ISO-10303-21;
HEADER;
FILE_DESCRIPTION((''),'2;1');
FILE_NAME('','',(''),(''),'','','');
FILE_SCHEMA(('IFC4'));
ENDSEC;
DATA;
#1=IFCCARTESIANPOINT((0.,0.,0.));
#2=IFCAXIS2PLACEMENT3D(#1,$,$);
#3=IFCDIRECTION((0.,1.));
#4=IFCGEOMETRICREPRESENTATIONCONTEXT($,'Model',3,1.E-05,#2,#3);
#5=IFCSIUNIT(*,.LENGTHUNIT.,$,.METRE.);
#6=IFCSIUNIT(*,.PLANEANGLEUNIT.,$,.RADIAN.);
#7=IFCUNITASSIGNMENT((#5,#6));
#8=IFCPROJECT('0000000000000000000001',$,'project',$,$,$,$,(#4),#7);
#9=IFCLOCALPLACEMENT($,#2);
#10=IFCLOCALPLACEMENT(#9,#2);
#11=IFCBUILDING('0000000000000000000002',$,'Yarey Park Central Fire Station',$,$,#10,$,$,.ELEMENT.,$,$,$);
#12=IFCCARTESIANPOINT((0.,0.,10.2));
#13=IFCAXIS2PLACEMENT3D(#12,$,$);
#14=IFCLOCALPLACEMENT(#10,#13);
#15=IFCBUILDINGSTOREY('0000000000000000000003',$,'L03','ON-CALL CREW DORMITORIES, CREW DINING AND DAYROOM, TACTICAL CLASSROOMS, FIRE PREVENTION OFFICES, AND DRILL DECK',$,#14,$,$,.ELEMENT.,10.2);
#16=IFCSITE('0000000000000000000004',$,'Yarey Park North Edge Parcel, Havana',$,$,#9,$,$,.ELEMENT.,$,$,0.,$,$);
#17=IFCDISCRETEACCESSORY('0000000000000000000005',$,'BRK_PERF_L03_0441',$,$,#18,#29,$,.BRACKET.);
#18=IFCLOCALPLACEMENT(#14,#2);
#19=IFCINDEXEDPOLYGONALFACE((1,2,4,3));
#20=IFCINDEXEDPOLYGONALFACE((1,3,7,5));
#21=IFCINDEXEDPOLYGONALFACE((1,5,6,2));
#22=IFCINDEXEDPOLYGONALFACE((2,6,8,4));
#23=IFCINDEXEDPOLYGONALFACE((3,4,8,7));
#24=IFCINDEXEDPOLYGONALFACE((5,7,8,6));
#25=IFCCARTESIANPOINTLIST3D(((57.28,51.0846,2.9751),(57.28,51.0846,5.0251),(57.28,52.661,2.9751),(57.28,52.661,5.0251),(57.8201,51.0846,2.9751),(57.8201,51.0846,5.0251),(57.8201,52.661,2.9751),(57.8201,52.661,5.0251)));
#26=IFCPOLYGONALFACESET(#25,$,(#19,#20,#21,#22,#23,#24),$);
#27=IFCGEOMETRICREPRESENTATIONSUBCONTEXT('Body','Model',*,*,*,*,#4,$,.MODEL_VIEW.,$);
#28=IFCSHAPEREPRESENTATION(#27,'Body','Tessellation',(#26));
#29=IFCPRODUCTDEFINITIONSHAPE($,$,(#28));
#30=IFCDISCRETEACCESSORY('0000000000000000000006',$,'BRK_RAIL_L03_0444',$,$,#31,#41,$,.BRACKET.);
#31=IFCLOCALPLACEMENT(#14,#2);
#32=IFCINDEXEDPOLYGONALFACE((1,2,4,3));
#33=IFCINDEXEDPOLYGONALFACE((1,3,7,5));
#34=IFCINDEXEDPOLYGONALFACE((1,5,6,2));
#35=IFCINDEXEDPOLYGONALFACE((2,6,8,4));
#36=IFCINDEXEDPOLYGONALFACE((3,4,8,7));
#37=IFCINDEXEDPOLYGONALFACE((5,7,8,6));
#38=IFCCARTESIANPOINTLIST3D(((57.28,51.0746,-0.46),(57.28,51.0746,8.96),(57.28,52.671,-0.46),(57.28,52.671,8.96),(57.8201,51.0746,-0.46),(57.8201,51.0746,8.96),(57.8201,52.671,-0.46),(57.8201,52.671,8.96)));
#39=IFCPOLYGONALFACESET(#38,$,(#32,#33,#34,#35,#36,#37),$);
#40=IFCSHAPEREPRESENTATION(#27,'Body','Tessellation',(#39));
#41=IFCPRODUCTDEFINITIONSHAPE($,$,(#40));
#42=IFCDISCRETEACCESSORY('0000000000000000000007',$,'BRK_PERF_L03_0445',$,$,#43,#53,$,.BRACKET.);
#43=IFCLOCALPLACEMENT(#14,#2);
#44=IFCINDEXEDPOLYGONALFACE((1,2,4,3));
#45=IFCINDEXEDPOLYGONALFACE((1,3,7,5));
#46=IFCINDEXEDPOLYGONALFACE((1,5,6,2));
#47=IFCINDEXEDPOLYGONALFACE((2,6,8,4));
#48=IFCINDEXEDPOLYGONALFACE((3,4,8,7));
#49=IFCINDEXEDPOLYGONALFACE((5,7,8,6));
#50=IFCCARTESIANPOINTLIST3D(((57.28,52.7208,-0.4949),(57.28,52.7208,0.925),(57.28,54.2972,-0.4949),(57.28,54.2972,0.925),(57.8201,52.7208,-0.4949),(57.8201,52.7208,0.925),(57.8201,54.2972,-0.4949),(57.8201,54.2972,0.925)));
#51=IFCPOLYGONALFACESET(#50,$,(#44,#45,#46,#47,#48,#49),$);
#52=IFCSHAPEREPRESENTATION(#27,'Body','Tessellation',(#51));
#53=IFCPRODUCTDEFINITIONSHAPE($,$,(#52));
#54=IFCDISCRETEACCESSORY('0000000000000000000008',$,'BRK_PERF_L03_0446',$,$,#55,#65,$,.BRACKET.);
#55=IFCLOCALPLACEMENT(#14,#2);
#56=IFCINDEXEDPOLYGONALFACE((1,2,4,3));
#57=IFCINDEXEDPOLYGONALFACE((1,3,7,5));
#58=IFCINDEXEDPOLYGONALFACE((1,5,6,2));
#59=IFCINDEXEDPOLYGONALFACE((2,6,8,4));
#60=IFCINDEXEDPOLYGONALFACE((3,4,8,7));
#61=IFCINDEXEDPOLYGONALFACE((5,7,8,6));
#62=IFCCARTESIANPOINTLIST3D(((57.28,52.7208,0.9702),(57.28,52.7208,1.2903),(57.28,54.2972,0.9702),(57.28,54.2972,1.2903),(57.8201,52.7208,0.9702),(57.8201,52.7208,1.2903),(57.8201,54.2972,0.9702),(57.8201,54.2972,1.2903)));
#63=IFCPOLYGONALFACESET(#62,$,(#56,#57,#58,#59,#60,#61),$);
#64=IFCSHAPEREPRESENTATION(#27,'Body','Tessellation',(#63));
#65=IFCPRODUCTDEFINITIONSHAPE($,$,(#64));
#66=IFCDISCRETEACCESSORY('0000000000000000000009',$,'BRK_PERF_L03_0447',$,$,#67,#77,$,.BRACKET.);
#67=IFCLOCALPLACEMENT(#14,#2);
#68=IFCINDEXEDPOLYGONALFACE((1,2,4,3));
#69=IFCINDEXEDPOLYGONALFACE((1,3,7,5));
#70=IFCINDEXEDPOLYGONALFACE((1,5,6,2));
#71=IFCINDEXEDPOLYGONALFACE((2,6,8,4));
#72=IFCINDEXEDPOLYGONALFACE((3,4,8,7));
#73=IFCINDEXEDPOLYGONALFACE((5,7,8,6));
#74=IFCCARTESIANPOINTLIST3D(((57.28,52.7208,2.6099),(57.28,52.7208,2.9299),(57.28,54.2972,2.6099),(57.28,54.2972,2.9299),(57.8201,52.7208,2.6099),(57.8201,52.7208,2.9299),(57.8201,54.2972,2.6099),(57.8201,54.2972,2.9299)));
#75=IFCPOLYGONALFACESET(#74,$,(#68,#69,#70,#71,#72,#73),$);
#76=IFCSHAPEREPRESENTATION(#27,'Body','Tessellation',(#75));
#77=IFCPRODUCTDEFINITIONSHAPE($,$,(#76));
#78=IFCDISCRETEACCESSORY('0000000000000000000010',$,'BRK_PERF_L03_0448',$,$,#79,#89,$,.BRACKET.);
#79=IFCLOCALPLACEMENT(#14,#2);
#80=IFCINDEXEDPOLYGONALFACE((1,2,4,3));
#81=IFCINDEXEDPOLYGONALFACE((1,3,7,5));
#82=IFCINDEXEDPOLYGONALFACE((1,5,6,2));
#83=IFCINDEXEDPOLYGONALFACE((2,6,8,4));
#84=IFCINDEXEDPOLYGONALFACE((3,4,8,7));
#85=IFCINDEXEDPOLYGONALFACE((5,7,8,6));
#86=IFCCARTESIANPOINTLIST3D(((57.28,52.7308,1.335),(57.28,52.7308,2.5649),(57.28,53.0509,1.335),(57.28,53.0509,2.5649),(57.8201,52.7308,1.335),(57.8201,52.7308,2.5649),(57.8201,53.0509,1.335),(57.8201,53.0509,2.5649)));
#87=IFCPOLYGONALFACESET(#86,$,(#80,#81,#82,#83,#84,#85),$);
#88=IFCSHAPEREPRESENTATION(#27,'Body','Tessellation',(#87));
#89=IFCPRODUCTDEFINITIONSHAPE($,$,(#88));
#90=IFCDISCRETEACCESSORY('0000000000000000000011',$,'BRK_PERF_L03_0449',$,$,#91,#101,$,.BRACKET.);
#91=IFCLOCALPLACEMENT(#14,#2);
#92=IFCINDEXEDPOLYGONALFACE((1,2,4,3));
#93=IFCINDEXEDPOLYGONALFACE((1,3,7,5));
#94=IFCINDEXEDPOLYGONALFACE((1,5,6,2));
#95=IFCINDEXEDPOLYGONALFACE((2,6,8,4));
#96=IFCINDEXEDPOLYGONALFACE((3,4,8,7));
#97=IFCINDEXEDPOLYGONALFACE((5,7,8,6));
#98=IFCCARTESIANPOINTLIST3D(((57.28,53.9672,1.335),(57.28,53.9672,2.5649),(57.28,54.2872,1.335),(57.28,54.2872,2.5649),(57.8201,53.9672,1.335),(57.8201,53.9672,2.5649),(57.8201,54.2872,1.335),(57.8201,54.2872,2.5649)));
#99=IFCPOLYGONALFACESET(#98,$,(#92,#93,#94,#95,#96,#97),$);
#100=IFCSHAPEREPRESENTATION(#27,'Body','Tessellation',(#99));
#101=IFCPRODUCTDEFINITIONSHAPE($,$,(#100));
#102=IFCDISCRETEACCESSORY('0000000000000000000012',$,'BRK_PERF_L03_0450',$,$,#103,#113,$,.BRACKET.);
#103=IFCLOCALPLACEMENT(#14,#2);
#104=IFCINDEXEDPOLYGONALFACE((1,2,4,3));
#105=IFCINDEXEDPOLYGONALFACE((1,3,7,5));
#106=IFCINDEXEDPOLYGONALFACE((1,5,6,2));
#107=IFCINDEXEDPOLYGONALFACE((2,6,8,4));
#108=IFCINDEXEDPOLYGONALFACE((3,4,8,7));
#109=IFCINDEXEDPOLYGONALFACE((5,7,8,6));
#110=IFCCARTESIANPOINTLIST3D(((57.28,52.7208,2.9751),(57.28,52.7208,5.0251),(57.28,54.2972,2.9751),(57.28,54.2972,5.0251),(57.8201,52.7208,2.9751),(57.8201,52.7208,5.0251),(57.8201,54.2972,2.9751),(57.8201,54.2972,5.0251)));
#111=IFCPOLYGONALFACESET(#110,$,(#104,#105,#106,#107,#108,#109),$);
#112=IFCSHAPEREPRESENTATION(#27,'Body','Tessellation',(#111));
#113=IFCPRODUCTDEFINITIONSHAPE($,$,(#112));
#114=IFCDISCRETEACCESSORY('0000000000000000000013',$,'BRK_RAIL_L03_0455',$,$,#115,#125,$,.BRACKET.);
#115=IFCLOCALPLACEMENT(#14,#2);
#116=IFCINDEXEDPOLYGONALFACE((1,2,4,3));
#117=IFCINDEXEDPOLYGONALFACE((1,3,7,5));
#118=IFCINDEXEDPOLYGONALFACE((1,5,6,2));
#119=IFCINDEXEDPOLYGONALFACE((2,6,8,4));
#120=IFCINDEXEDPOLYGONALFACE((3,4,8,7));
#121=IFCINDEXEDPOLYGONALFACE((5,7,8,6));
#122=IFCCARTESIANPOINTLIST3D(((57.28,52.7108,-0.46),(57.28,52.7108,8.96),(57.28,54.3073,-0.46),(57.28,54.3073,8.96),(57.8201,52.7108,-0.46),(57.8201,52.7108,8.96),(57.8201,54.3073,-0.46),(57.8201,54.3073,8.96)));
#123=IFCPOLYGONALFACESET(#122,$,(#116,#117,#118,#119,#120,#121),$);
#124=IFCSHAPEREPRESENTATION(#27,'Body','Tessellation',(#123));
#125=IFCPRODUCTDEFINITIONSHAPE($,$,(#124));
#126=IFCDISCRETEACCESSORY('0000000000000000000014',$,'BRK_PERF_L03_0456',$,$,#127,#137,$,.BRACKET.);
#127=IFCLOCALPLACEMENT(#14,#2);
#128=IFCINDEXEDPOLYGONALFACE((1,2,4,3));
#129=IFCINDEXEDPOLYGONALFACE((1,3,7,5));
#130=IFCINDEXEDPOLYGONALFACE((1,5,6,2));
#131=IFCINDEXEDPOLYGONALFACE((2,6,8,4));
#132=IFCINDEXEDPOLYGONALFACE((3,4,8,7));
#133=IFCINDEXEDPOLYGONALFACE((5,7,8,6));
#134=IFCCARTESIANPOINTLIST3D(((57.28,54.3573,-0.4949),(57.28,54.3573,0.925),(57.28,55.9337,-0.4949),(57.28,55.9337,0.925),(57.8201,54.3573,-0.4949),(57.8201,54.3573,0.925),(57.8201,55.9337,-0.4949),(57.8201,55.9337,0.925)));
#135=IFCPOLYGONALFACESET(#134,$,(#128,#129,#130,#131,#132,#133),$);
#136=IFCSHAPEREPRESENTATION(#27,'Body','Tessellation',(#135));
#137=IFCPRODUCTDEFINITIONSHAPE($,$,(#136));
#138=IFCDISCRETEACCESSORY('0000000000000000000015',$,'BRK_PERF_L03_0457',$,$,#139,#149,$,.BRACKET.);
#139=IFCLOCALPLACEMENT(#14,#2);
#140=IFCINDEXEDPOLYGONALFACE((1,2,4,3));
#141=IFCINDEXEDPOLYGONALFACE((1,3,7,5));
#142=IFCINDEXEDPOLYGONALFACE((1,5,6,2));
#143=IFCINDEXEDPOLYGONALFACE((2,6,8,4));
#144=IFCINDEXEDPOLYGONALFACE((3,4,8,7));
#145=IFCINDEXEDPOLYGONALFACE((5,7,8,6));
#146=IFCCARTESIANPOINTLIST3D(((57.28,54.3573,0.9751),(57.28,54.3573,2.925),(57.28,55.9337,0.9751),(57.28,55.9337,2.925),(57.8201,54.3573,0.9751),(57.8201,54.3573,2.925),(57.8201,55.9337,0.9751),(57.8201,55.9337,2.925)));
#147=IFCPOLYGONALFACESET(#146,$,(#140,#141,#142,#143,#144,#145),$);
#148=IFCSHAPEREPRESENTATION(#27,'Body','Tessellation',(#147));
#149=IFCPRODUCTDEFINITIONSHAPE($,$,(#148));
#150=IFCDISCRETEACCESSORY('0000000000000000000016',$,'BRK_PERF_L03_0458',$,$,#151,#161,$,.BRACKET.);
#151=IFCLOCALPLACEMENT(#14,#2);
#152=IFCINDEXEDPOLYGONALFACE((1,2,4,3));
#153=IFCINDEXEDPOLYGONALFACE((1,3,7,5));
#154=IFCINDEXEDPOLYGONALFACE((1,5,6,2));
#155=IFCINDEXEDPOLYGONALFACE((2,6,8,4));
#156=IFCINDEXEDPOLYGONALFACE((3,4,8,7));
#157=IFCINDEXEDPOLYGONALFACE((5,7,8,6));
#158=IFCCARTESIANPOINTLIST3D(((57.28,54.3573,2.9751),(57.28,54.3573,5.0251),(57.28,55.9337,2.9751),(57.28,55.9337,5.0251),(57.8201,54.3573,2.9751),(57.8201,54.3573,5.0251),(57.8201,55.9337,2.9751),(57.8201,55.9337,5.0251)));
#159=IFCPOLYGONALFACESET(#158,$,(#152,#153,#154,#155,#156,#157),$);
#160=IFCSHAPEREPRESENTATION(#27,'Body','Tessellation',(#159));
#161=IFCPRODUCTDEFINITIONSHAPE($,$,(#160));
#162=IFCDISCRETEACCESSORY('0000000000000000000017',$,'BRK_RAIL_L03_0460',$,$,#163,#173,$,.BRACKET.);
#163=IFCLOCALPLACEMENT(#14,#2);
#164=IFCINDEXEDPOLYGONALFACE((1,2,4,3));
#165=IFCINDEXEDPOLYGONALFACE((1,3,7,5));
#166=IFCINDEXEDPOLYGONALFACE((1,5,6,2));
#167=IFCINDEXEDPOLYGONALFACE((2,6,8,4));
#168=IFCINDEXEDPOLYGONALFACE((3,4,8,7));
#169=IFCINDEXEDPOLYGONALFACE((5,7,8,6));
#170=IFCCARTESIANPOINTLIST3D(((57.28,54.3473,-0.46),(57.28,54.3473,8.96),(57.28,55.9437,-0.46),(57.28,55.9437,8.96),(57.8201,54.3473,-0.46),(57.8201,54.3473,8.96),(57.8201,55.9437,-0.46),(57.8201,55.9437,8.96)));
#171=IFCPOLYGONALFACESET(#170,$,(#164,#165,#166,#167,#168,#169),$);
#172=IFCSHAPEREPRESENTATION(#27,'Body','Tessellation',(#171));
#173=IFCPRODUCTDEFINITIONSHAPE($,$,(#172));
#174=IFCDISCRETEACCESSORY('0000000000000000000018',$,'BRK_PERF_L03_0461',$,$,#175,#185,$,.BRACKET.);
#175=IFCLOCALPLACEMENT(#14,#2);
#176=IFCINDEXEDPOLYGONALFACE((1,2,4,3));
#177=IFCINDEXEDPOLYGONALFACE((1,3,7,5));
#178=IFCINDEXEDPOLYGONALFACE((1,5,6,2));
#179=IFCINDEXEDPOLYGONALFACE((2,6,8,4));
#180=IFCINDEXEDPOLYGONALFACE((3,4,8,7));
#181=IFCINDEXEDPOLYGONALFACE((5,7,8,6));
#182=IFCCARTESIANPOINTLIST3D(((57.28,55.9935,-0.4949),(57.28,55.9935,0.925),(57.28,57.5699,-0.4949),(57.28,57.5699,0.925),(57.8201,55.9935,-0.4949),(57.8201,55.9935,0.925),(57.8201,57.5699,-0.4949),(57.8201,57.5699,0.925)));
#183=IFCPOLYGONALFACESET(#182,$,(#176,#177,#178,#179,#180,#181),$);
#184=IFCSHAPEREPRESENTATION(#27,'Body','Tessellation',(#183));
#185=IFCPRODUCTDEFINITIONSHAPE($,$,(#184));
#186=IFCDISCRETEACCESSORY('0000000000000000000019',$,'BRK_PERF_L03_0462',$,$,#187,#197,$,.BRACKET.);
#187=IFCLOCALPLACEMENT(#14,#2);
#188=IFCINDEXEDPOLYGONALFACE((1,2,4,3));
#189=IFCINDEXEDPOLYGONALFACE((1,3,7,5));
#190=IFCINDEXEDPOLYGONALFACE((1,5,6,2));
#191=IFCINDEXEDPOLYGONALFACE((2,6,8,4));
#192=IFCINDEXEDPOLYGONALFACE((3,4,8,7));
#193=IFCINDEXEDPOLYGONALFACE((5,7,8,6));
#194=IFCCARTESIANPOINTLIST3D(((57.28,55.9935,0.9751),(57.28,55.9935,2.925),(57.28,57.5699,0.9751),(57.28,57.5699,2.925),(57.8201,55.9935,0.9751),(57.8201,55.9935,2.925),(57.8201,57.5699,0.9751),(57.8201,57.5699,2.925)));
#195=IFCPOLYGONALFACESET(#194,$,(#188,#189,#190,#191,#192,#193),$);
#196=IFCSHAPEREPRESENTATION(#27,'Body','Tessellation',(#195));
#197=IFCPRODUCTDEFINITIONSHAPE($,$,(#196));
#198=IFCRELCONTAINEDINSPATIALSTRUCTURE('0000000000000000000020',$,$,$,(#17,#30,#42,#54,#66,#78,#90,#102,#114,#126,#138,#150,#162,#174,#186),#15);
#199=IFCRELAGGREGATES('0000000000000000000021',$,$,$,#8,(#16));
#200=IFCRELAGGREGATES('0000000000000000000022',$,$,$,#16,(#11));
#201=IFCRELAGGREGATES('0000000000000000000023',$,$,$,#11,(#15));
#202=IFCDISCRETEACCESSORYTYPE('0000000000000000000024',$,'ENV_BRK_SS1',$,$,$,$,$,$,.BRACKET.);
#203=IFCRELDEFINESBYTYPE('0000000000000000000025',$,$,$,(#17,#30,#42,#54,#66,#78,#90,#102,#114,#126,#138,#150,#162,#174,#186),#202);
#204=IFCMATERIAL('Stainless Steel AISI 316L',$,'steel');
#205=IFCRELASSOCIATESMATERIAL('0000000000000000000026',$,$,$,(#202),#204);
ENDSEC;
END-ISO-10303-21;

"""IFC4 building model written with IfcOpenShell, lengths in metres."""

from ifc_helpers import new_model, si_unit, direction, frame, origin, origin_2d, place, context, subcontext, project, spatial, rectangle, extrude, material, type_object, element, save


model = new_model("IFC4")

# Units and contexts
model_context = context("Model", 3, precision=1e-05, world=origin(), true_north=direction((0.0, 1.0)))
body_context = subcontext(model_context, "Body", "Model", "MODEL_VIEW")
ifc_project = project(units=[si_unit("LENGTHUNIT", "METRE"), si_unit("PLANEANGLEUNIT", "RADIAN")], contexts=[model_context])

# Site, building, storey
site_placement = place(None, origin())
site = spatial("IfcSite", under=ifc_project, at=site_placement, Name="Yarey Park North Edge Parcel, Havana", CompositionType="ELEMENT", RefElevation=0.0)
building_placement = place(site_placement, origin())
building = spatial("IfcBuilding", under=site, at=building_placement, Name="Yarey Park Central Fire Station", CompositionType="ELEMENT")
storey_placement = place(building_placement, frame((0.0, 0.0, 10.2)))
storey = spatial("IfcBuildingStorey", under=building, at=storey_placement, Name="L03", Description="ON-CALL CREW DORMITORIES, CREW DINING AND DAYROOM, TACTICAL CLASSROOMS, FIRE PREVENTION OFFICES, AND DRILL DECK", CompositionType="ELEMENT", Elevation=10.2)

# Discrete accessories
ifc_material_1 = material(Name="Stainless Steel AISI 316L", Category="steel")
discrete_accessory_type = type_object("IfcDiscreteAccessoryType", Name="ENV_BRK_SS1", PredefinedType="BRACKET", material=ifc_material_1)
discrete_accessory_1_placement = place(storey_placement, frame((57.55, 51.8728, 2.9751), z_axis=(0.0, 0.0, 1.0), x_axis=(1.0, 0.0, 0.0)))
element("IfcDiscreteAccessory", 1, at=discrete_accessory_1_placement, inside=storey, type_object=discrete_accessory_type, Name="BRK_PERF_L03_0441", PredefinedType="BRACKET", context=body_context, shape_type="SweptSolid", body=[
    extrude(rectangle(XDim=0.54, YDim=1.5764, at=origin_2d()), origin(), (0.0, 0.0, 1.0), 2.05),
])
discrete_accessory_2_placement = place(storey_placement, frame((57.55, 51.8728, -0.46), z_axis=(0.0, 0.0, 1.0), x_axis=(1.0, 0.0, 0.0)))
element("IfcDiscreteAccessory", 2, at=discrete_accessory_2_placement, inside=storey, type_object=discrete_accessory_type, Name="BRK_RAIL_L03_0444", PredefinedType="BRACKET", context=body_context, shape_type="SweptSolid", body=[
    extrude(rectangle(XDim=0.54, YDim=1.5964, at=origin_2d()), origin(), (0.0, 0.0, 1.0), 9.4199),
])
discrete_accessory_3_placement = place(storey_placement, frame((57.55, 53.509, -0.4949), z_axis=(0.0, 0.0, 1.0), x_axis=(1.0, 0.0, 0.0)))
element("IfcDiscreteAccessory", 3, at=discrete_accessory_3_placement, inside=storey, type_object=discrete_accessory_type, Name="BRK_PERF_L03_0445", PredefinedType="BRACKET", context=body_context, shape_type="SweptSolid", body=[
    extrude(rectangle(XDim=0.54, YDim=1.5764, at=origin_2d()), origin(), (0.0, 0.0, 1.0), 1.4199),
])
for number, where, z_axis, x_axis, name in (
    (4, (57.55, 53.509, 0.9702), (0.0, 0.0, 1.0), (1.0, 0.0, 0.0), "BRK_PERF_L03_0446"),
    (5, (57.55, 53.509, 2.6099), (0.0, 0.0, 1.0), (1.0, 0.0, 0.0), "BRK_PERF_L03_0447"),
):
    element("IfcDiscreteAccessory", number, at=place(storey_placement, frame(where, z_axis=z_axis, x_axis=x_axis)), inside=storey, type_object=discrete_accessory_type, Name=name, PredefinedType="BRACKET", context=body_context, shape_type="SweptSolid", body=[
        extrude(rectangle(XDim=0.54, YDim=1.5764, at=origin_2d()), origin(), (0.0, 0.0, 1.0), 0.3201),
    ])
for number, where, z_axis, x_axis, name in (
    (6, (57.55, 52.8909, 1.335), (0.0, 0.0, 1.0), (1.0, 0.0, 0.0), "BRK_PERF_L03_0448"),
    (7, (57.55, 54.1272, 1.335), (0.0, 0.0, 1.0), (1.0, 0.0, 0.0), "BRK_PERF_L03_0449"),
):
    element("IfcDiscreteAccessory", number, at=place(storey_placement, frame(where, z_axis=z_axis, x_axis=x_axis)), inside=storey, type_object=discrete_accessory_type, Name=name, PredefinedType="BRACKET", context=body_context, shape_type="SweptSolid", body=[
        extrude(rectangle(XDim=0.54, YDim=0.3201, at=origin_2d()), origin(), (0.0, 0.0, 1.0), 1.23),
    ])
discrete_accessory_4_placement = place(storey_placement, frame((57.55, 53.509, 2.9751), z_axis=(0.0, 0.0, 1.0), x_axis=(1.0, 0.0, 0.0)))
element("IfcDiscreteAccessory", 8, at=discrete_accessory_4_placement, inside=storey, type_object=discrete_accessory_type, Name="BRK_PERF_L03_0450", PredefinedType="BRACKET", context=body_context, shape_type="SweptSolid", body=[
    extrude(rectangle(XDim=0.54, YDim=1.5764, at=origin_2d()), origin(), (0.0, 0.0, 1.0), 2.05),
])
discrete_accessory_5_placement = place(storey_placement, frame((57.55, 53.509, -0.46), z_axis=(0.0, 0.0, 1.0), x_axis=(1.0, 0.0, 0.0)))
element("IfcDiscreteAccessory", 9, at=discrete_accessory_5_placement, inside=storey, type_object=discrete_accessory_type, Name="BRK_RAIL_L03_0455", PredefinedType="BRACKET", context=body_context, shape_type="SweptSolid", body=[
    extrude(rectangle(XDim=0.54, YDim=1.5964, at=origin_2d()), origin(), (0.0, 0.0, 1.0), 9.4199),
])
discrete_accessory_6_placement = place(storey_placement, frame((57.55, 55.1455, -0.4949), z_axis=(0.0, 0.0, 1.0), x_axis=(1.0, 0.0, 0.0)))
element("IfcDiscreteAccessory", 10, at=discrete_accessory_6_placement, inside=storey, type_object=discrete_accessory_type, Name="BRK_PERF_L03_0456", PredefinedType="BRACKET", context=body_context, shape_type="SweptSolid", body=[
    extrude(rectangle(XDim=0.54, YDim=1.5764, at=origin_2d()), origin(), (0.0, 0.0, 1.0), 1.4199),
])
discrete_accessory_7_placement = place(storey_placement, frame((57.55, 55.1455, 0.9751), z_axis=(0.0, 0.0, 1.0), x_axis=(1.0, 0.0, 0.0)))
element("IfcDiscreteAccessory", 11, at=discrete_accessory_7_placement, inside=storey, type_object=discrete_accessory_type, Name="BRK_PERF_L03_0457", PredefinedType="BRACKET", context=body_context, shape_type="SweptSolid", body=[
    extrude(rectangle(XDim=0.54, YDim=1.5764, at=origin_2d()), origin(), (0.0, 0.0, 1.0), 1.95),
])
discrete_accessory_8_placement = place(storey_placement, frame((57.55, 55.1455, 2.9751), z_axis=(0.0, 0.0, 1.0), x_axis=(1.0, 0.0, 0.0)))
element("IfcDiscreteAccessory", 12, at=discrete_accessory_8_placement, inside=storey, type_object=discrete_accessory_type, Name="BRK_PERF_L03_0458", PredefinedType="BRACKET", context=body_context, shape_type="SweptSolid", body=[
    extrude(rectangle(XDim=0.54, YDim=1.5764, at=origin_2d()), origin(), (0.0, 0.0, 1.0), 2.05),
])
discrete_accessory_9_placement = place(storey_placement, frame((57.55, 55.1455, -0.46), z_axis=(0.0, 0.0, 1.0), x_axis=(1.0, 0.0, 0.0)))
element("IfcDiscreteAccessory", 13, at=discrete_accessory_9_placement, inside=storey, type_object=discrete_accessory_type, Name="BRK_RAIL_L03_0460", PredefinedType="BRACKET", context=body_context, shape_type="SweptSolid", body=[
    extrude(rectangle(XDim=0.54, YDim=1.5964, at=origin_2d()), origin(), (0.0, 0.0, 1.0), 9.4199),
])
discrete_accessory_10_placement = place(storey_placement, frame((57.55, 56.7817, -0.4949), z_axis=(0.0, 0.0, 1.0), x_axis=(1.0, 0.0, 0.0)))
element("IfcDiscreteAccessory", 14, at=discrete_accessory_10_placement, inside=storey, type_object=discrete_accessory_type, Name="BRK_PERF_L03_0461", PredefinedType="BRACKET", context=body_context, shape_type="SweptSolid", body=[
    extrude(rectangle(XDim=0.54, YDim=1.5764, at=origin_2d()), origin(), (0.0, 0.0, 1.0), 1.4199),
])
discrete_accessory_11_placement = place(storey_placement, frame((57.55, 56.7817, 0.9751), z_axis=(0.0, 0.0, 1.0), x_axis=(1.0, 0.0, 0.0)))
element("IfcDiscreteAccessory", 15, at=discrete_accessory_11_placement, inside=storey, type_object=discrete_accessory_type, Name="BRK_PERF_L03_0462", PredefinedType="BRACKET", context=body_context, shape_type="SweptSolid", body=[
    extrude(rectangle(XDim=0.54, YDim=1.5764, at=origin_2d()), origin(), (0.0, 0.0, 1.0), 1.95),
])

save(model, "model.ifc")
